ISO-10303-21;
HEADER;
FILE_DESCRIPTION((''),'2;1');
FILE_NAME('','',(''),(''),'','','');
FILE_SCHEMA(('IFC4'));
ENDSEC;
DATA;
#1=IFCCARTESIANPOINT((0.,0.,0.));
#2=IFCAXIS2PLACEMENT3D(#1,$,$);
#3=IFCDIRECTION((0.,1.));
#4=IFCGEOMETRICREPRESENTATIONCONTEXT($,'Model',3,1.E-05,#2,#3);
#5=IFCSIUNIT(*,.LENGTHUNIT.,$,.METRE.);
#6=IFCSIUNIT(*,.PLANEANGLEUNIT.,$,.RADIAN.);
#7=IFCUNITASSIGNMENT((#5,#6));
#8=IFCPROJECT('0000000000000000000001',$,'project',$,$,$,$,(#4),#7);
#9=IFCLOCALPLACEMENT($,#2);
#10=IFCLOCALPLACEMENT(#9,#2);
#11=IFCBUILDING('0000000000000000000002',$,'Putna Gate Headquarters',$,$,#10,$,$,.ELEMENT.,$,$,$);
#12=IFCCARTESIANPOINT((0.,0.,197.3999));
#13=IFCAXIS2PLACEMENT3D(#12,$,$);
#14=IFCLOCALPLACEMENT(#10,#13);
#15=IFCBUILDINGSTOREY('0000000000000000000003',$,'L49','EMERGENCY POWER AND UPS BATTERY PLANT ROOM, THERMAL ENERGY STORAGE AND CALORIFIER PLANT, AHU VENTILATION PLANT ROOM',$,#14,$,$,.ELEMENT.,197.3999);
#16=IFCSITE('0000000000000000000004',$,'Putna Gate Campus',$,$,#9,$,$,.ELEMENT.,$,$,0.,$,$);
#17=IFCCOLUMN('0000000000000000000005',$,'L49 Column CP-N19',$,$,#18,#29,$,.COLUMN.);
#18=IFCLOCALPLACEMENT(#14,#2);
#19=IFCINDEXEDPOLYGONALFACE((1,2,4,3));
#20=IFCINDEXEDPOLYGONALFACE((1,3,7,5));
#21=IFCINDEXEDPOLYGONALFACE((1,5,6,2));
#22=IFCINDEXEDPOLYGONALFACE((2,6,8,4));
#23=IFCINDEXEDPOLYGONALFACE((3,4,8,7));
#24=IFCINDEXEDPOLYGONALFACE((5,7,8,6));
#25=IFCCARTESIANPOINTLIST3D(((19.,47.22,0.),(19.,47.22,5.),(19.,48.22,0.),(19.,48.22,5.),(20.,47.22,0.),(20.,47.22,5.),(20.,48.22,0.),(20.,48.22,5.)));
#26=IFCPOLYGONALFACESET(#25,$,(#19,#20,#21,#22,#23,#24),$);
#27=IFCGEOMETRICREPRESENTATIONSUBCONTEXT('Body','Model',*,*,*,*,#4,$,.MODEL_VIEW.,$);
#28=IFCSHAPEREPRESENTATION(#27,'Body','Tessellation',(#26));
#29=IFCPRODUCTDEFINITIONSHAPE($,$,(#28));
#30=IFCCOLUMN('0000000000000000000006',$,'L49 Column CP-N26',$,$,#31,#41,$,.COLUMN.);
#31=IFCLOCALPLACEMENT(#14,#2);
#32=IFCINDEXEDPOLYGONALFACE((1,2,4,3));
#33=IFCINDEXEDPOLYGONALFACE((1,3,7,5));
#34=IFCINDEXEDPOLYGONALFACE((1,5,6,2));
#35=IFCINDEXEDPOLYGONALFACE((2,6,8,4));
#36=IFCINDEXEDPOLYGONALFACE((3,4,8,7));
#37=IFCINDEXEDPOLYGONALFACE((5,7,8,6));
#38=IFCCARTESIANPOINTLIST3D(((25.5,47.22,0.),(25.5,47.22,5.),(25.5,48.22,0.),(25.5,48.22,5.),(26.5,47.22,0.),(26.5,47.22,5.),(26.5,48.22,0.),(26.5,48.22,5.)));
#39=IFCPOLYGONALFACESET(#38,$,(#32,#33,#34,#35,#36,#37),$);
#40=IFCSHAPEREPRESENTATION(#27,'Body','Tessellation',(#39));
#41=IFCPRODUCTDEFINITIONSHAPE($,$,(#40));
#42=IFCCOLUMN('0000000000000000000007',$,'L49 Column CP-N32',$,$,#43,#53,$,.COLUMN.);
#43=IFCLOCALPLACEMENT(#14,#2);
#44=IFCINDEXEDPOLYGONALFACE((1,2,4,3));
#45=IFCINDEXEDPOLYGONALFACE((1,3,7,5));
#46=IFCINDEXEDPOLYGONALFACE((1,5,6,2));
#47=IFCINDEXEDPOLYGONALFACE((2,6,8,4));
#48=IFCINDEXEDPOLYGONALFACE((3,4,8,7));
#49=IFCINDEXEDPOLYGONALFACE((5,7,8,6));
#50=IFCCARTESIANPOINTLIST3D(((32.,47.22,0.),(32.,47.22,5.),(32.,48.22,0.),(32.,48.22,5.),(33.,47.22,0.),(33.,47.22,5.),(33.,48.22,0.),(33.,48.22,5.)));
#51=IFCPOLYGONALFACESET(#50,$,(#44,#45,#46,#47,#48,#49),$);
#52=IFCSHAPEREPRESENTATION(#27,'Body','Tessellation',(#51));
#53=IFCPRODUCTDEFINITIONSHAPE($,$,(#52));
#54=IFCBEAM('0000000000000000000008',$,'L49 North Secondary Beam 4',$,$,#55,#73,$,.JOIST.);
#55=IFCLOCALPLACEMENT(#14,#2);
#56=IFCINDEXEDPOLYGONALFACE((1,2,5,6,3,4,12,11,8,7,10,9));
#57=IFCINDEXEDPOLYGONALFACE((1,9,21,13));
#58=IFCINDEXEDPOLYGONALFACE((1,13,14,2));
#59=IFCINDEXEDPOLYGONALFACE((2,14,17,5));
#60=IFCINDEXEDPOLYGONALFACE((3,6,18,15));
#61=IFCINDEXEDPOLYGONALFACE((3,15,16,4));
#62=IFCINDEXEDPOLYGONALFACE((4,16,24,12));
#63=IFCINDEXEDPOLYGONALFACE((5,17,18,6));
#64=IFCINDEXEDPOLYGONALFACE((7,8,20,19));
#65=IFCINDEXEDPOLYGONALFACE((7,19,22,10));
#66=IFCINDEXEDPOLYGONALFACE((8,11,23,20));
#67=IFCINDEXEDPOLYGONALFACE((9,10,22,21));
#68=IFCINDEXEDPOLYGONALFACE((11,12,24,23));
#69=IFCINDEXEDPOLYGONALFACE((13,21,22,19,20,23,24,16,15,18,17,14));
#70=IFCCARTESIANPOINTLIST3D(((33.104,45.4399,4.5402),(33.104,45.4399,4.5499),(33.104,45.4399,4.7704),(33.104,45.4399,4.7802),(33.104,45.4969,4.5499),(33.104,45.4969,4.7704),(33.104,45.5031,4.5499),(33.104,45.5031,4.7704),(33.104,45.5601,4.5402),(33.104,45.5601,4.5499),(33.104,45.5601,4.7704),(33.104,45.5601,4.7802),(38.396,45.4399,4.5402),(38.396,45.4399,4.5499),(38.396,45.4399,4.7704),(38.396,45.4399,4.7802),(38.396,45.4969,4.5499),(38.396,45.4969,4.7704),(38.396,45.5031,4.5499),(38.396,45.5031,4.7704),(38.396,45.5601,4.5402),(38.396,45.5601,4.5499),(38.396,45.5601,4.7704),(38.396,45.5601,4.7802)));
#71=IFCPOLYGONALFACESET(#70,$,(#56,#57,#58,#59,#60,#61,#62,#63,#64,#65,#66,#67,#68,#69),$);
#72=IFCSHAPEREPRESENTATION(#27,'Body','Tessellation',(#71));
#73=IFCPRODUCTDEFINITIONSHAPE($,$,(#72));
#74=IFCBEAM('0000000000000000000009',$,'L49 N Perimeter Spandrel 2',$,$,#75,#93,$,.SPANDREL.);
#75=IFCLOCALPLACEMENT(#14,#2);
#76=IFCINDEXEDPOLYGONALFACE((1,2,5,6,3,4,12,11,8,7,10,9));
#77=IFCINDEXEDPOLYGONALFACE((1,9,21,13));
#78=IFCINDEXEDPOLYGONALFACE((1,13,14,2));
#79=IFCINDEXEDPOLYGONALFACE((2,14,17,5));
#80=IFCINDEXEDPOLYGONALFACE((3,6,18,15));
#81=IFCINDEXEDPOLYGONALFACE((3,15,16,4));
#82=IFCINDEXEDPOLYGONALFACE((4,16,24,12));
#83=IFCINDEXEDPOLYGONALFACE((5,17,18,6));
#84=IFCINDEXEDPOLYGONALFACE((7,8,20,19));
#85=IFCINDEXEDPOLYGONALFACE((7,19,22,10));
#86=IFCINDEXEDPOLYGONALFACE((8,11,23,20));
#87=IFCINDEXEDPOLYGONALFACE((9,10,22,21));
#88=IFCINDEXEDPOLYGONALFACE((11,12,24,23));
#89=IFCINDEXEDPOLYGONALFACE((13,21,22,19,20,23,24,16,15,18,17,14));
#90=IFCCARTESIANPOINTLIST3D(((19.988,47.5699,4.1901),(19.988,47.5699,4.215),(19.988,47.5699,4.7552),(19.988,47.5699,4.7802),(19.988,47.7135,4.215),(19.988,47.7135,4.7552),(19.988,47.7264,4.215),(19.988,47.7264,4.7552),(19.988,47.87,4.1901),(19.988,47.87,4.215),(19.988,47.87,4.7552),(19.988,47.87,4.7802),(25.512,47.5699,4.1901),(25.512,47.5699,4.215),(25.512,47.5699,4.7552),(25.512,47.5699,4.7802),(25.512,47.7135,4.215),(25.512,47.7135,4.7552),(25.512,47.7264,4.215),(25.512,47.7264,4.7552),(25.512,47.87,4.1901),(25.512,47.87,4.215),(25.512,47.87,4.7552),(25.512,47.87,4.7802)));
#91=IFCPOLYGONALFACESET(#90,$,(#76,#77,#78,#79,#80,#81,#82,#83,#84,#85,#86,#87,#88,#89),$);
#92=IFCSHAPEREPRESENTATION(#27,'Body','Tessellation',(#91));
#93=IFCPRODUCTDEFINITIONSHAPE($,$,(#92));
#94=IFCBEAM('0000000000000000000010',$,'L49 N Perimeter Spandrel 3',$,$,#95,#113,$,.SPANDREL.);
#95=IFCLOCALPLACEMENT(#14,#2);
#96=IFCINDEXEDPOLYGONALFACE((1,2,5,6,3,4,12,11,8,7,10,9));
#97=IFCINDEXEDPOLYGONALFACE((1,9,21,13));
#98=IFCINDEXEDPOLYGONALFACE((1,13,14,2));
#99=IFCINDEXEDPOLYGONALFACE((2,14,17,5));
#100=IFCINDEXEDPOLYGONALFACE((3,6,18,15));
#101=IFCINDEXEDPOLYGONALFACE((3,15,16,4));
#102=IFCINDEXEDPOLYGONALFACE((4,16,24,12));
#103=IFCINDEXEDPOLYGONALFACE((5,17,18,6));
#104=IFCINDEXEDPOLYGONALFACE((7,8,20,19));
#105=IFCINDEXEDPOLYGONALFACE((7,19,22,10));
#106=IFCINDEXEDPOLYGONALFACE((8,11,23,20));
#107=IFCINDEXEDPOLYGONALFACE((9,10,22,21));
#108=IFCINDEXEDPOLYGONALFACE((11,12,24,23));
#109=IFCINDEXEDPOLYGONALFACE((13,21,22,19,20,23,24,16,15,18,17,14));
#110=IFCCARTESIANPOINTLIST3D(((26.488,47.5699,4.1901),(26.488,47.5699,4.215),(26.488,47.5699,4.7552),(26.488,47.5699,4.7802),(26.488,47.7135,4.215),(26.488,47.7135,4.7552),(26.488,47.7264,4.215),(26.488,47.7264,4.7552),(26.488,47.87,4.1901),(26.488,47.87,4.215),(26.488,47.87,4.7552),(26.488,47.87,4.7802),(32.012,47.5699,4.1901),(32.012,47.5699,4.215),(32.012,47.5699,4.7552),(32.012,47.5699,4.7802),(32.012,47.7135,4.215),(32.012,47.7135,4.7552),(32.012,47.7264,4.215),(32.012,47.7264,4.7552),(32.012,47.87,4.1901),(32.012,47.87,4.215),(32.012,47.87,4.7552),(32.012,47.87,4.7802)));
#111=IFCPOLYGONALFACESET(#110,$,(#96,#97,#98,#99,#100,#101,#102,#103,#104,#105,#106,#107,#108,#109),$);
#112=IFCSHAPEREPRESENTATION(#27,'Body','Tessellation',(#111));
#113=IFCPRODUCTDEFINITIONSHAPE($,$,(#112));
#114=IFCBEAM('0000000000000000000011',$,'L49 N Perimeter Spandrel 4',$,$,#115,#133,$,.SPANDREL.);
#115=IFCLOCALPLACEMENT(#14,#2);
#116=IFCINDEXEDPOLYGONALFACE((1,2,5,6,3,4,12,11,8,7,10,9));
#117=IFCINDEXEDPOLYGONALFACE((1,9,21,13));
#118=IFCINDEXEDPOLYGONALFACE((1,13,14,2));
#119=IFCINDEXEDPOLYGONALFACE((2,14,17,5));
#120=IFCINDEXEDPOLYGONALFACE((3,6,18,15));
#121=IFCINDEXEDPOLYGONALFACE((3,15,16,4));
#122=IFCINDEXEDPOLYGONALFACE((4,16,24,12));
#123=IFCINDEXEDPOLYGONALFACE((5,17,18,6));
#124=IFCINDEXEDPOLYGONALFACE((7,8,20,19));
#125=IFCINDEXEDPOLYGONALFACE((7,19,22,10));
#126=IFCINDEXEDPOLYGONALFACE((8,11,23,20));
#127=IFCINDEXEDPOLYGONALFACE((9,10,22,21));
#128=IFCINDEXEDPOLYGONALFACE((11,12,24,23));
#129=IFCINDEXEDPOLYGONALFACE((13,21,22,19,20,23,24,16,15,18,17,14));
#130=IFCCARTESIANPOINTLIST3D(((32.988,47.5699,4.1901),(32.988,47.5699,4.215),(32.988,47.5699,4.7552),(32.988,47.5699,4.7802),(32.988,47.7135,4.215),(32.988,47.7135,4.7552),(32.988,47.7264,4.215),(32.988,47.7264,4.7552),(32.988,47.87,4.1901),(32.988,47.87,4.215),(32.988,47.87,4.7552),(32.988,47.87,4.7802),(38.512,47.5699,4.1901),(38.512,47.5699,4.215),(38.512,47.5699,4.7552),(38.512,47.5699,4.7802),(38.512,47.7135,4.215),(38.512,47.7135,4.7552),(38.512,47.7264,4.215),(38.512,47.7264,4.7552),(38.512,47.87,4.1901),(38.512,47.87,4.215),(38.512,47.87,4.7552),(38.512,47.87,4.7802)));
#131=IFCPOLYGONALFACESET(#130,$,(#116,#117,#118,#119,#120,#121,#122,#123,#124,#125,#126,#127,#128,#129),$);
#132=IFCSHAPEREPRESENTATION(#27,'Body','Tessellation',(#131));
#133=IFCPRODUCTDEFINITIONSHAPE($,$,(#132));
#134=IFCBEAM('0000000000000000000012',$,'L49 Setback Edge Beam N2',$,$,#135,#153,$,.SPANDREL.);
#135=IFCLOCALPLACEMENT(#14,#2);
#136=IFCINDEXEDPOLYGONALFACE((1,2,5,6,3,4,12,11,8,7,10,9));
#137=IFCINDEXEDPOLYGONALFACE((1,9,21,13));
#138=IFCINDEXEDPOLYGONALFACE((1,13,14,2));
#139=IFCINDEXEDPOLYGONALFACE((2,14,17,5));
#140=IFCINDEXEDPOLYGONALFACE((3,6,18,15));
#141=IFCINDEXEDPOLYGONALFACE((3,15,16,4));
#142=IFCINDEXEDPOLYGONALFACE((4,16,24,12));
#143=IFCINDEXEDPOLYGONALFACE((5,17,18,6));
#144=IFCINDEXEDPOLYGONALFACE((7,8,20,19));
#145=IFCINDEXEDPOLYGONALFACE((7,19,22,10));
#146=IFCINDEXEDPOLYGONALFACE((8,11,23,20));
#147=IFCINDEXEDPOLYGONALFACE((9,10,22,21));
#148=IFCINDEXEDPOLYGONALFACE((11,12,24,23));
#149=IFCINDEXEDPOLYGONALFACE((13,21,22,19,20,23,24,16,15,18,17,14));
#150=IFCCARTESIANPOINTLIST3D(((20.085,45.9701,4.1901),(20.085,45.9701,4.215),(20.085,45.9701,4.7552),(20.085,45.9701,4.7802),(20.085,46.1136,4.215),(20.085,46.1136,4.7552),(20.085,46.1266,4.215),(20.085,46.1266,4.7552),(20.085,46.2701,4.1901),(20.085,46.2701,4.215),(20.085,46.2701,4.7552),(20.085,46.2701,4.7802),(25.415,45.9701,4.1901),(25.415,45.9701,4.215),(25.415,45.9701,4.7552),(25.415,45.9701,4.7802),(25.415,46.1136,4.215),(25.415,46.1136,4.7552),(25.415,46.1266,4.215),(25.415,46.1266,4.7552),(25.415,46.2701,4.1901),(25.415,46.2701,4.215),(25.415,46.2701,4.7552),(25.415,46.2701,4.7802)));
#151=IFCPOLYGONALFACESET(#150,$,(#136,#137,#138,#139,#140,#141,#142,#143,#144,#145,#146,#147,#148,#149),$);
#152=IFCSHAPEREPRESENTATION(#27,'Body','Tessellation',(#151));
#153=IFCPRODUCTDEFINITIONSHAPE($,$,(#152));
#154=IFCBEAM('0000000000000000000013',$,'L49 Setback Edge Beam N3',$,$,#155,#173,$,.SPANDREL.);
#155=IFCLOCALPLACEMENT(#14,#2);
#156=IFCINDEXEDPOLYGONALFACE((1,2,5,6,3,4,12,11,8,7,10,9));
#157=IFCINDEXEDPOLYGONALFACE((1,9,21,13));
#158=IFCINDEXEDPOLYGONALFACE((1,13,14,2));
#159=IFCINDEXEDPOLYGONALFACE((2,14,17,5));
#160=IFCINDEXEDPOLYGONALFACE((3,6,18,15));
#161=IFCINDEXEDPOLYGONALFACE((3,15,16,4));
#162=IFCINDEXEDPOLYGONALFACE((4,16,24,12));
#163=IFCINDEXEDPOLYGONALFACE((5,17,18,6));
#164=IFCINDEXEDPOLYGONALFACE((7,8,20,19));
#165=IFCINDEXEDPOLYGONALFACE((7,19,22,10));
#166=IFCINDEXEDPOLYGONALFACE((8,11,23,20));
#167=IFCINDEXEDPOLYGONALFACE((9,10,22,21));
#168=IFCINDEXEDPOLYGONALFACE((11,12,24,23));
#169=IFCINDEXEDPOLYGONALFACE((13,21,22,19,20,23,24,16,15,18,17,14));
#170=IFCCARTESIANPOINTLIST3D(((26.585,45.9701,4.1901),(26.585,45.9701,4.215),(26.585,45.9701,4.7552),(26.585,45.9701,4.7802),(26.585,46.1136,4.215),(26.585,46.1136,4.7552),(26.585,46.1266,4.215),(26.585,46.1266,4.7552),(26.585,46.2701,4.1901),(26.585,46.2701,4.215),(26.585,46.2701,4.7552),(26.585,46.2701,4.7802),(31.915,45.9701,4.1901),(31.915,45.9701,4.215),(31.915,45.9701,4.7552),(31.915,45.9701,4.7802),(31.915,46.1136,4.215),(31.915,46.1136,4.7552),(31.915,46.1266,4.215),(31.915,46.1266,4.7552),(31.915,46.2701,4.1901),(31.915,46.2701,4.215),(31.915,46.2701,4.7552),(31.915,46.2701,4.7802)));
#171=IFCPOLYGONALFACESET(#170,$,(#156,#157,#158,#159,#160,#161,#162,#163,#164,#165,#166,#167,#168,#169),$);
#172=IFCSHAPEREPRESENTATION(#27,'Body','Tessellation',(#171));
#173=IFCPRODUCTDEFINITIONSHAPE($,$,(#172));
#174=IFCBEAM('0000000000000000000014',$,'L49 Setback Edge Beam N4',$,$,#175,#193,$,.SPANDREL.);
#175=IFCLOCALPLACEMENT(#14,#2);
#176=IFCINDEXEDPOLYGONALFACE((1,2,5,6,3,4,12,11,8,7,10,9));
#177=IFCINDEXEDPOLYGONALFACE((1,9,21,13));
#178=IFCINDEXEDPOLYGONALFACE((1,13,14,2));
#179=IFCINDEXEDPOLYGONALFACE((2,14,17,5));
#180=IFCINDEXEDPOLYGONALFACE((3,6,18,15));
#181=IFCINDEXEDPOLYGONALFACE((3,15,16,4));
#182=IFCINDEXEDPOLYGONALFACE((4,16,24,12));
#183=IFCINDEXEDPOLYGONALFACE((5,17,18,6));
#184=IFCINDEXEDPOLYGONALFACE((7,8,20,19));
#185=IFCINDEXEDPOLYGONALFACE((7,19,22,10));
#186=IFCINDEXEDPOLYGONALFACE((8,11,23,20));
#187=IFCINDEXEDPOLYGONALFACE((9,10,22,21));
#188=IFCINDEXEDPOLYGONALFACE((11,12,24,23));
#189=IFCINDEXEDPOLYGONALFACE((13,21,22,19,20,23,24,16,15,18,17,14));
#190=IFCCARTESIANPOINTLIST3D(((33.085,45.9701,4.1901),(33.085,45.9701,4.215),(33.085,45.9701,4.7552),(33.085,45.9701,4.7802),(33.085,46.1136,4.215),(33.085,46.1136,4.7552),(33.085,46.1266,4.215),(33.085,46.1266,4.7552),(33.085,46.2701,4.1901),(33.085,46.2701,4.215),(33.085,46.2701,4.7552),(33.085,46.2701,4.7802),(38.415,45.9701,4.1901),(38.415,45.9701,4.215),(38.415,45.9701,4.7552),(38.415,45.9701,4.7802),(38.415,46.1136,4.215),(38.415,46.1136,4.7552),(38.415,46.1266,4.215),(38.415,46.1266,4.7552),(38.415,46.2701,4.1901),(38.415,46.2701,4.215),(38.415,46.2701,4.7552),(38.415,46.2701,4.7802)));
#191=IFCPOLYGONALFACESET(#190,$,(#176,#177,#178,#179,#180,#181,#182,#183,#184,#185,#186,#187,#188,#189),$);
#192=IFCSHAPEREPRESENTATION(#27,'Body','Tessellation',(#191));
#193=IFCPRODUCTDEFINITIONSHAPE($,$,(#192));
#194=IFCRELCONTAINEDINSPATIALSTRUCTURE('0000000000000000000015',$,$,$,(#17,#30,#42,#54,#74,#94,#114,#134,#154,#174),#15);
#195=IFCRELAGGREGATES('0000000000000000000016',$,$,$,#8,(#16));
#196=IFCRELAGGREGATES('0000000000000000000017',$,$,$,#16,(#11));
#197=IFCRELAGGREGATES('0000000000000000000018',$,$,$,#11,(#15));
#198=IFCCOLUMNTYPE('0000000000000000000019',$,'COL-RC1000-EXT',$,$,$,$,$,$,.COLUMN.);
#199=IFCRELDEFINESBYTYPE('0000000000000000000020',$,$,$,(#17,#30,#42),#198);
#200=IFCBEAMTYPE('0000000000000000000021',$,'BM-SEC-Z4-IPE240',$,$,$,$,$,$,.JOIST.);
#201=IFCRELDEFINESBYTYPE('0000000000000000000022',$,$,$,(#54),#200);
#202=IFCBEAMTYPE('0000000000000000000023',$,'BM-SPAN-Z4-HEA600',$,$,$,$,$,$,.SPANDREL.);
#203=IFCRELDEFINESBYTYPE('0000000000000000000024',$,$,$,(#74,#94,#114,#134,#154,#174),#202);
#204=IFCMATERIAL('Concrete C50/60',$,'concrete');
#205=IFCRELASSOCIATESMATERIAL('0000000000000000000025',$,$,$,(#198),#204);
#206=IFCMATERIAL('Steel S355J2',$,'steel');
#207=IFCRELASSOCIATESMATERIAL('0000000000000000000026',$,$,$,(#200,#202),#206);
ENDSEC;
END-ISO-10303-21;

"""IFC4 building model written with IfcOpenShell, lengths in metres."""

from ifc_helpers import new_model, si_unit, direction, frame, origin, origin_2d, place, context, subcontext, project, spatial, rectangle, i_section, extrude, material, material_profile, profile_set, type_object, element, save


model = new_model("IFC4")

# Units and contexts
model_context = context("Model", 3, precision=1e-05, world=origin(), true_north=direction((0.0, 1.0)))
body_context = subcontext(model_context, "Body", "Model", "MODEL_VIEW")
ifc_project = project(units=[si_unit("LENGTHUNIT", "METRE"), si_unit("PLANEANGLEUNIT", "RADIAN")], contexts=[model_context])

# Site, building, storey
site_placement = place(None, origin())
site = spatial("IfcSite", under=ifc_project, at=site_placement, Name="Putna Gate Campus", CompositionType="ELEMENT", RefElevation=0.0)
building_placement = place(site_placement, origin())
building = spatial("IfcBuilding", under=site, at=building_placement, Name="Putna Gate Headquarters", CompositionType="ELEMENT")
storey_placement = place(building_placement, frame((0.0, 0.0, 197.3999)))
storey = spatial("IfcBuildingStorey", under=building, at=storey_placement, Name="L49", Description="EMERGENCY POWER AND UPS BATTERY PLANT ROOM, THERMAL ENERGY STORAGE AND CALORIFIER PLANT, AHU VENTILATION PLANT ROOM", CompositionType="ELEMENT", Elevation=197.3999)

# Columns
ifc_material_1 = material(Name="Concrete C50/60", Category="concrete")
ifc_material_profile_1 = material_profile(ifc_material_1, rectangle(XDim=1.0, YDim=1.0, at=origin_2d()), Name="Concrete C50/60")
ifc_profile_set_1 = profile_set([ifc_material_profile_1], Name="Concrete C50/60")
column_type = type_object("IfcColumnType", Name="COL-RC1000-EXT", PredefinedType="COLUMN", material=ifc_profile_set_1)
for number, where, z_axis, x_axis, name in (
    (1, (19.5, 47.72, 0.0), (0.0, 0.0, 1.0), (1.0, 0.0, 0.0), "L49 Column CP-N19"),
    (2, (26.0, 47.72, 0.0), (0.0, 0.0, 1.0), (1.0, 0.0, 0.0), "L49 Column CP-N26"),
    (3, (32.5, 47.72, 0.0), (0.0, 0.0, 1.0), (1.0, 0.0, 0.0), "L49 Column CP-N32"),
):
    element("IfcColumn", number, at=place(storey_placement, frame(where, z_axis=z_axis, x_axis=x_axis)), inside=storey, type_object=column_type, Name=name, PredefinedType="COLUMN", context=body_context, shape_type="SweptSolid", body=[
        extrude(rectangle(XDim=1.0, YDim=1.0, at=origin_2d()), origin(), (0.0, 0.0, 1.0), 5.0),
    ])

# Beams
ifc_material_2 = material(Name="Steel S355J2", Category="steel")
ifc_material_profile_2 = material_profile(ifc_material_2, i_section(OverallWidth=0.1201, OverallDepth=0.24, WebThickness=0.0061, FlangeThickness=0.0098, at=origin_2d()), Name="Steel S355J2")
ifc_profile_set_2 = profile_set([ifc_material_profile_2], Name="Steel S355J2")
beam_type_1 = type_object("IfcBeamType", Name="BM-SEC-Z4-IPE240", PredefinedType="JOIST", material=ifc_profile_set_2)
beam_placement = place(storey_placement, frame((33.104, 45.5, 4.6602), z_axis=(1.0, 0.0, 0.0), x_axis=(0.0, 1.0, 0.0)))
element("IfcBeam", 4, at=beam_placement, inside=storey, type_object=beam_type_1, Name="L49 North Secondary Beam 4", PredefinedType="JOIST", context=body_context, shape_type="SweptSolid", body=[
    extrude(i_section(OverallWidth=0.1201, OverallDepth=0.24, WebThickness=0.0061, FlangeThickness=0.0098, at=origin_2d()), origin(), (0.0, 0.0, 1.0), 5.292),
])
ifc_material_profile_3 = material_profile(ifc_material_2, i_section(OverallWidth=0.3, OverallDepth=0.5901, WebThickness=0.0129, FlangeThickness=0.0249, at=origin_2d()), Name="Steel S355J2")
ifc_profile_set_3 = profile_set([ifc_material_profile_3], Name="Steel S355J2")
beam_type_2 = type_object("IfcBeamType", Name="BM-SPAN-Z4-HEA600", PredefinedType="SPANDREL", material=ifc_profile_set_3)
for number, where, z_axis, x_axis, name in (
    (5, (19.988, 47.72, 4.4851), (1.0, 0.0, 0.0), (0.0, 1.0, 0.0), "L49 N Perimeter Spandrel 2"),
    (6, (26.488, 47.72, 4.4851), (1.0, 0.0, 0.0), (0.0, 1.0, 0.0), "L49 N Perimeter Spandrel 3"),
    (7, (32.988, 47.72, 4.4851), (1.0, 0.0, 0.0), (0.0, 1.0, 0.0), "L49 N Perimeter Spandrel 4"),
):
    element("IfcBeam", number, at=place(storey_placement, frame(where, z_axis=z_axis, x_axis=x_axis)), inside=storey, type_object=beam_type_2, Name=name, PredefinedType="SPANDREL", context=body_context, shape_type="SweptSolid", body=[
        extrude(i_section(OverallWidth=0.3, OverallDepth=0.5901, WebThickness=0.0129, FlangeThickness=0.0249, at=origin_2d()), origin(), (0.0, 0.0, 1.0), 5.5239),
    ])
for number, where, z_axis, x_axis, name in (
    (8, (20.085, 46.1201, 4.4851), (1.0, 0.0, 0.0), (0.0, 1.0, 0.0), "L49 Setback Edge Beam N2"),
    (9, (26.585, 46.1201, 4.4851), (1.0, 0.0, 0.0), (0.0, 1.0, 0.0), "L49 Setback Edge Beam N3"),
    (10, (33.085, 46.1201, 4.4851), (1.0, 0.0, 0.0), (0.0, 1.0, 0.0), "L49 Setback Edge Beam N4"),
):
    element("IfcBeam", number, at=place(storey_placement, frame(where, z_axis=z_axis, x_axis=x_axis)), inside=storey, type_object=beam_type_2, Name=name, PredefinedType="SPANDREL", context=body_context, shape_type="SweptSolid", body=[
        extrude(i_section(OverallWidth=0.3, OverallDepth=0.5901, WebThickness=0.0129, FlangeThickness=0.0249, at=origin_2d()), origin(), (0.0, 0.0, 1.0), 5.3301),
    ])

save(model, "model.ifc")
